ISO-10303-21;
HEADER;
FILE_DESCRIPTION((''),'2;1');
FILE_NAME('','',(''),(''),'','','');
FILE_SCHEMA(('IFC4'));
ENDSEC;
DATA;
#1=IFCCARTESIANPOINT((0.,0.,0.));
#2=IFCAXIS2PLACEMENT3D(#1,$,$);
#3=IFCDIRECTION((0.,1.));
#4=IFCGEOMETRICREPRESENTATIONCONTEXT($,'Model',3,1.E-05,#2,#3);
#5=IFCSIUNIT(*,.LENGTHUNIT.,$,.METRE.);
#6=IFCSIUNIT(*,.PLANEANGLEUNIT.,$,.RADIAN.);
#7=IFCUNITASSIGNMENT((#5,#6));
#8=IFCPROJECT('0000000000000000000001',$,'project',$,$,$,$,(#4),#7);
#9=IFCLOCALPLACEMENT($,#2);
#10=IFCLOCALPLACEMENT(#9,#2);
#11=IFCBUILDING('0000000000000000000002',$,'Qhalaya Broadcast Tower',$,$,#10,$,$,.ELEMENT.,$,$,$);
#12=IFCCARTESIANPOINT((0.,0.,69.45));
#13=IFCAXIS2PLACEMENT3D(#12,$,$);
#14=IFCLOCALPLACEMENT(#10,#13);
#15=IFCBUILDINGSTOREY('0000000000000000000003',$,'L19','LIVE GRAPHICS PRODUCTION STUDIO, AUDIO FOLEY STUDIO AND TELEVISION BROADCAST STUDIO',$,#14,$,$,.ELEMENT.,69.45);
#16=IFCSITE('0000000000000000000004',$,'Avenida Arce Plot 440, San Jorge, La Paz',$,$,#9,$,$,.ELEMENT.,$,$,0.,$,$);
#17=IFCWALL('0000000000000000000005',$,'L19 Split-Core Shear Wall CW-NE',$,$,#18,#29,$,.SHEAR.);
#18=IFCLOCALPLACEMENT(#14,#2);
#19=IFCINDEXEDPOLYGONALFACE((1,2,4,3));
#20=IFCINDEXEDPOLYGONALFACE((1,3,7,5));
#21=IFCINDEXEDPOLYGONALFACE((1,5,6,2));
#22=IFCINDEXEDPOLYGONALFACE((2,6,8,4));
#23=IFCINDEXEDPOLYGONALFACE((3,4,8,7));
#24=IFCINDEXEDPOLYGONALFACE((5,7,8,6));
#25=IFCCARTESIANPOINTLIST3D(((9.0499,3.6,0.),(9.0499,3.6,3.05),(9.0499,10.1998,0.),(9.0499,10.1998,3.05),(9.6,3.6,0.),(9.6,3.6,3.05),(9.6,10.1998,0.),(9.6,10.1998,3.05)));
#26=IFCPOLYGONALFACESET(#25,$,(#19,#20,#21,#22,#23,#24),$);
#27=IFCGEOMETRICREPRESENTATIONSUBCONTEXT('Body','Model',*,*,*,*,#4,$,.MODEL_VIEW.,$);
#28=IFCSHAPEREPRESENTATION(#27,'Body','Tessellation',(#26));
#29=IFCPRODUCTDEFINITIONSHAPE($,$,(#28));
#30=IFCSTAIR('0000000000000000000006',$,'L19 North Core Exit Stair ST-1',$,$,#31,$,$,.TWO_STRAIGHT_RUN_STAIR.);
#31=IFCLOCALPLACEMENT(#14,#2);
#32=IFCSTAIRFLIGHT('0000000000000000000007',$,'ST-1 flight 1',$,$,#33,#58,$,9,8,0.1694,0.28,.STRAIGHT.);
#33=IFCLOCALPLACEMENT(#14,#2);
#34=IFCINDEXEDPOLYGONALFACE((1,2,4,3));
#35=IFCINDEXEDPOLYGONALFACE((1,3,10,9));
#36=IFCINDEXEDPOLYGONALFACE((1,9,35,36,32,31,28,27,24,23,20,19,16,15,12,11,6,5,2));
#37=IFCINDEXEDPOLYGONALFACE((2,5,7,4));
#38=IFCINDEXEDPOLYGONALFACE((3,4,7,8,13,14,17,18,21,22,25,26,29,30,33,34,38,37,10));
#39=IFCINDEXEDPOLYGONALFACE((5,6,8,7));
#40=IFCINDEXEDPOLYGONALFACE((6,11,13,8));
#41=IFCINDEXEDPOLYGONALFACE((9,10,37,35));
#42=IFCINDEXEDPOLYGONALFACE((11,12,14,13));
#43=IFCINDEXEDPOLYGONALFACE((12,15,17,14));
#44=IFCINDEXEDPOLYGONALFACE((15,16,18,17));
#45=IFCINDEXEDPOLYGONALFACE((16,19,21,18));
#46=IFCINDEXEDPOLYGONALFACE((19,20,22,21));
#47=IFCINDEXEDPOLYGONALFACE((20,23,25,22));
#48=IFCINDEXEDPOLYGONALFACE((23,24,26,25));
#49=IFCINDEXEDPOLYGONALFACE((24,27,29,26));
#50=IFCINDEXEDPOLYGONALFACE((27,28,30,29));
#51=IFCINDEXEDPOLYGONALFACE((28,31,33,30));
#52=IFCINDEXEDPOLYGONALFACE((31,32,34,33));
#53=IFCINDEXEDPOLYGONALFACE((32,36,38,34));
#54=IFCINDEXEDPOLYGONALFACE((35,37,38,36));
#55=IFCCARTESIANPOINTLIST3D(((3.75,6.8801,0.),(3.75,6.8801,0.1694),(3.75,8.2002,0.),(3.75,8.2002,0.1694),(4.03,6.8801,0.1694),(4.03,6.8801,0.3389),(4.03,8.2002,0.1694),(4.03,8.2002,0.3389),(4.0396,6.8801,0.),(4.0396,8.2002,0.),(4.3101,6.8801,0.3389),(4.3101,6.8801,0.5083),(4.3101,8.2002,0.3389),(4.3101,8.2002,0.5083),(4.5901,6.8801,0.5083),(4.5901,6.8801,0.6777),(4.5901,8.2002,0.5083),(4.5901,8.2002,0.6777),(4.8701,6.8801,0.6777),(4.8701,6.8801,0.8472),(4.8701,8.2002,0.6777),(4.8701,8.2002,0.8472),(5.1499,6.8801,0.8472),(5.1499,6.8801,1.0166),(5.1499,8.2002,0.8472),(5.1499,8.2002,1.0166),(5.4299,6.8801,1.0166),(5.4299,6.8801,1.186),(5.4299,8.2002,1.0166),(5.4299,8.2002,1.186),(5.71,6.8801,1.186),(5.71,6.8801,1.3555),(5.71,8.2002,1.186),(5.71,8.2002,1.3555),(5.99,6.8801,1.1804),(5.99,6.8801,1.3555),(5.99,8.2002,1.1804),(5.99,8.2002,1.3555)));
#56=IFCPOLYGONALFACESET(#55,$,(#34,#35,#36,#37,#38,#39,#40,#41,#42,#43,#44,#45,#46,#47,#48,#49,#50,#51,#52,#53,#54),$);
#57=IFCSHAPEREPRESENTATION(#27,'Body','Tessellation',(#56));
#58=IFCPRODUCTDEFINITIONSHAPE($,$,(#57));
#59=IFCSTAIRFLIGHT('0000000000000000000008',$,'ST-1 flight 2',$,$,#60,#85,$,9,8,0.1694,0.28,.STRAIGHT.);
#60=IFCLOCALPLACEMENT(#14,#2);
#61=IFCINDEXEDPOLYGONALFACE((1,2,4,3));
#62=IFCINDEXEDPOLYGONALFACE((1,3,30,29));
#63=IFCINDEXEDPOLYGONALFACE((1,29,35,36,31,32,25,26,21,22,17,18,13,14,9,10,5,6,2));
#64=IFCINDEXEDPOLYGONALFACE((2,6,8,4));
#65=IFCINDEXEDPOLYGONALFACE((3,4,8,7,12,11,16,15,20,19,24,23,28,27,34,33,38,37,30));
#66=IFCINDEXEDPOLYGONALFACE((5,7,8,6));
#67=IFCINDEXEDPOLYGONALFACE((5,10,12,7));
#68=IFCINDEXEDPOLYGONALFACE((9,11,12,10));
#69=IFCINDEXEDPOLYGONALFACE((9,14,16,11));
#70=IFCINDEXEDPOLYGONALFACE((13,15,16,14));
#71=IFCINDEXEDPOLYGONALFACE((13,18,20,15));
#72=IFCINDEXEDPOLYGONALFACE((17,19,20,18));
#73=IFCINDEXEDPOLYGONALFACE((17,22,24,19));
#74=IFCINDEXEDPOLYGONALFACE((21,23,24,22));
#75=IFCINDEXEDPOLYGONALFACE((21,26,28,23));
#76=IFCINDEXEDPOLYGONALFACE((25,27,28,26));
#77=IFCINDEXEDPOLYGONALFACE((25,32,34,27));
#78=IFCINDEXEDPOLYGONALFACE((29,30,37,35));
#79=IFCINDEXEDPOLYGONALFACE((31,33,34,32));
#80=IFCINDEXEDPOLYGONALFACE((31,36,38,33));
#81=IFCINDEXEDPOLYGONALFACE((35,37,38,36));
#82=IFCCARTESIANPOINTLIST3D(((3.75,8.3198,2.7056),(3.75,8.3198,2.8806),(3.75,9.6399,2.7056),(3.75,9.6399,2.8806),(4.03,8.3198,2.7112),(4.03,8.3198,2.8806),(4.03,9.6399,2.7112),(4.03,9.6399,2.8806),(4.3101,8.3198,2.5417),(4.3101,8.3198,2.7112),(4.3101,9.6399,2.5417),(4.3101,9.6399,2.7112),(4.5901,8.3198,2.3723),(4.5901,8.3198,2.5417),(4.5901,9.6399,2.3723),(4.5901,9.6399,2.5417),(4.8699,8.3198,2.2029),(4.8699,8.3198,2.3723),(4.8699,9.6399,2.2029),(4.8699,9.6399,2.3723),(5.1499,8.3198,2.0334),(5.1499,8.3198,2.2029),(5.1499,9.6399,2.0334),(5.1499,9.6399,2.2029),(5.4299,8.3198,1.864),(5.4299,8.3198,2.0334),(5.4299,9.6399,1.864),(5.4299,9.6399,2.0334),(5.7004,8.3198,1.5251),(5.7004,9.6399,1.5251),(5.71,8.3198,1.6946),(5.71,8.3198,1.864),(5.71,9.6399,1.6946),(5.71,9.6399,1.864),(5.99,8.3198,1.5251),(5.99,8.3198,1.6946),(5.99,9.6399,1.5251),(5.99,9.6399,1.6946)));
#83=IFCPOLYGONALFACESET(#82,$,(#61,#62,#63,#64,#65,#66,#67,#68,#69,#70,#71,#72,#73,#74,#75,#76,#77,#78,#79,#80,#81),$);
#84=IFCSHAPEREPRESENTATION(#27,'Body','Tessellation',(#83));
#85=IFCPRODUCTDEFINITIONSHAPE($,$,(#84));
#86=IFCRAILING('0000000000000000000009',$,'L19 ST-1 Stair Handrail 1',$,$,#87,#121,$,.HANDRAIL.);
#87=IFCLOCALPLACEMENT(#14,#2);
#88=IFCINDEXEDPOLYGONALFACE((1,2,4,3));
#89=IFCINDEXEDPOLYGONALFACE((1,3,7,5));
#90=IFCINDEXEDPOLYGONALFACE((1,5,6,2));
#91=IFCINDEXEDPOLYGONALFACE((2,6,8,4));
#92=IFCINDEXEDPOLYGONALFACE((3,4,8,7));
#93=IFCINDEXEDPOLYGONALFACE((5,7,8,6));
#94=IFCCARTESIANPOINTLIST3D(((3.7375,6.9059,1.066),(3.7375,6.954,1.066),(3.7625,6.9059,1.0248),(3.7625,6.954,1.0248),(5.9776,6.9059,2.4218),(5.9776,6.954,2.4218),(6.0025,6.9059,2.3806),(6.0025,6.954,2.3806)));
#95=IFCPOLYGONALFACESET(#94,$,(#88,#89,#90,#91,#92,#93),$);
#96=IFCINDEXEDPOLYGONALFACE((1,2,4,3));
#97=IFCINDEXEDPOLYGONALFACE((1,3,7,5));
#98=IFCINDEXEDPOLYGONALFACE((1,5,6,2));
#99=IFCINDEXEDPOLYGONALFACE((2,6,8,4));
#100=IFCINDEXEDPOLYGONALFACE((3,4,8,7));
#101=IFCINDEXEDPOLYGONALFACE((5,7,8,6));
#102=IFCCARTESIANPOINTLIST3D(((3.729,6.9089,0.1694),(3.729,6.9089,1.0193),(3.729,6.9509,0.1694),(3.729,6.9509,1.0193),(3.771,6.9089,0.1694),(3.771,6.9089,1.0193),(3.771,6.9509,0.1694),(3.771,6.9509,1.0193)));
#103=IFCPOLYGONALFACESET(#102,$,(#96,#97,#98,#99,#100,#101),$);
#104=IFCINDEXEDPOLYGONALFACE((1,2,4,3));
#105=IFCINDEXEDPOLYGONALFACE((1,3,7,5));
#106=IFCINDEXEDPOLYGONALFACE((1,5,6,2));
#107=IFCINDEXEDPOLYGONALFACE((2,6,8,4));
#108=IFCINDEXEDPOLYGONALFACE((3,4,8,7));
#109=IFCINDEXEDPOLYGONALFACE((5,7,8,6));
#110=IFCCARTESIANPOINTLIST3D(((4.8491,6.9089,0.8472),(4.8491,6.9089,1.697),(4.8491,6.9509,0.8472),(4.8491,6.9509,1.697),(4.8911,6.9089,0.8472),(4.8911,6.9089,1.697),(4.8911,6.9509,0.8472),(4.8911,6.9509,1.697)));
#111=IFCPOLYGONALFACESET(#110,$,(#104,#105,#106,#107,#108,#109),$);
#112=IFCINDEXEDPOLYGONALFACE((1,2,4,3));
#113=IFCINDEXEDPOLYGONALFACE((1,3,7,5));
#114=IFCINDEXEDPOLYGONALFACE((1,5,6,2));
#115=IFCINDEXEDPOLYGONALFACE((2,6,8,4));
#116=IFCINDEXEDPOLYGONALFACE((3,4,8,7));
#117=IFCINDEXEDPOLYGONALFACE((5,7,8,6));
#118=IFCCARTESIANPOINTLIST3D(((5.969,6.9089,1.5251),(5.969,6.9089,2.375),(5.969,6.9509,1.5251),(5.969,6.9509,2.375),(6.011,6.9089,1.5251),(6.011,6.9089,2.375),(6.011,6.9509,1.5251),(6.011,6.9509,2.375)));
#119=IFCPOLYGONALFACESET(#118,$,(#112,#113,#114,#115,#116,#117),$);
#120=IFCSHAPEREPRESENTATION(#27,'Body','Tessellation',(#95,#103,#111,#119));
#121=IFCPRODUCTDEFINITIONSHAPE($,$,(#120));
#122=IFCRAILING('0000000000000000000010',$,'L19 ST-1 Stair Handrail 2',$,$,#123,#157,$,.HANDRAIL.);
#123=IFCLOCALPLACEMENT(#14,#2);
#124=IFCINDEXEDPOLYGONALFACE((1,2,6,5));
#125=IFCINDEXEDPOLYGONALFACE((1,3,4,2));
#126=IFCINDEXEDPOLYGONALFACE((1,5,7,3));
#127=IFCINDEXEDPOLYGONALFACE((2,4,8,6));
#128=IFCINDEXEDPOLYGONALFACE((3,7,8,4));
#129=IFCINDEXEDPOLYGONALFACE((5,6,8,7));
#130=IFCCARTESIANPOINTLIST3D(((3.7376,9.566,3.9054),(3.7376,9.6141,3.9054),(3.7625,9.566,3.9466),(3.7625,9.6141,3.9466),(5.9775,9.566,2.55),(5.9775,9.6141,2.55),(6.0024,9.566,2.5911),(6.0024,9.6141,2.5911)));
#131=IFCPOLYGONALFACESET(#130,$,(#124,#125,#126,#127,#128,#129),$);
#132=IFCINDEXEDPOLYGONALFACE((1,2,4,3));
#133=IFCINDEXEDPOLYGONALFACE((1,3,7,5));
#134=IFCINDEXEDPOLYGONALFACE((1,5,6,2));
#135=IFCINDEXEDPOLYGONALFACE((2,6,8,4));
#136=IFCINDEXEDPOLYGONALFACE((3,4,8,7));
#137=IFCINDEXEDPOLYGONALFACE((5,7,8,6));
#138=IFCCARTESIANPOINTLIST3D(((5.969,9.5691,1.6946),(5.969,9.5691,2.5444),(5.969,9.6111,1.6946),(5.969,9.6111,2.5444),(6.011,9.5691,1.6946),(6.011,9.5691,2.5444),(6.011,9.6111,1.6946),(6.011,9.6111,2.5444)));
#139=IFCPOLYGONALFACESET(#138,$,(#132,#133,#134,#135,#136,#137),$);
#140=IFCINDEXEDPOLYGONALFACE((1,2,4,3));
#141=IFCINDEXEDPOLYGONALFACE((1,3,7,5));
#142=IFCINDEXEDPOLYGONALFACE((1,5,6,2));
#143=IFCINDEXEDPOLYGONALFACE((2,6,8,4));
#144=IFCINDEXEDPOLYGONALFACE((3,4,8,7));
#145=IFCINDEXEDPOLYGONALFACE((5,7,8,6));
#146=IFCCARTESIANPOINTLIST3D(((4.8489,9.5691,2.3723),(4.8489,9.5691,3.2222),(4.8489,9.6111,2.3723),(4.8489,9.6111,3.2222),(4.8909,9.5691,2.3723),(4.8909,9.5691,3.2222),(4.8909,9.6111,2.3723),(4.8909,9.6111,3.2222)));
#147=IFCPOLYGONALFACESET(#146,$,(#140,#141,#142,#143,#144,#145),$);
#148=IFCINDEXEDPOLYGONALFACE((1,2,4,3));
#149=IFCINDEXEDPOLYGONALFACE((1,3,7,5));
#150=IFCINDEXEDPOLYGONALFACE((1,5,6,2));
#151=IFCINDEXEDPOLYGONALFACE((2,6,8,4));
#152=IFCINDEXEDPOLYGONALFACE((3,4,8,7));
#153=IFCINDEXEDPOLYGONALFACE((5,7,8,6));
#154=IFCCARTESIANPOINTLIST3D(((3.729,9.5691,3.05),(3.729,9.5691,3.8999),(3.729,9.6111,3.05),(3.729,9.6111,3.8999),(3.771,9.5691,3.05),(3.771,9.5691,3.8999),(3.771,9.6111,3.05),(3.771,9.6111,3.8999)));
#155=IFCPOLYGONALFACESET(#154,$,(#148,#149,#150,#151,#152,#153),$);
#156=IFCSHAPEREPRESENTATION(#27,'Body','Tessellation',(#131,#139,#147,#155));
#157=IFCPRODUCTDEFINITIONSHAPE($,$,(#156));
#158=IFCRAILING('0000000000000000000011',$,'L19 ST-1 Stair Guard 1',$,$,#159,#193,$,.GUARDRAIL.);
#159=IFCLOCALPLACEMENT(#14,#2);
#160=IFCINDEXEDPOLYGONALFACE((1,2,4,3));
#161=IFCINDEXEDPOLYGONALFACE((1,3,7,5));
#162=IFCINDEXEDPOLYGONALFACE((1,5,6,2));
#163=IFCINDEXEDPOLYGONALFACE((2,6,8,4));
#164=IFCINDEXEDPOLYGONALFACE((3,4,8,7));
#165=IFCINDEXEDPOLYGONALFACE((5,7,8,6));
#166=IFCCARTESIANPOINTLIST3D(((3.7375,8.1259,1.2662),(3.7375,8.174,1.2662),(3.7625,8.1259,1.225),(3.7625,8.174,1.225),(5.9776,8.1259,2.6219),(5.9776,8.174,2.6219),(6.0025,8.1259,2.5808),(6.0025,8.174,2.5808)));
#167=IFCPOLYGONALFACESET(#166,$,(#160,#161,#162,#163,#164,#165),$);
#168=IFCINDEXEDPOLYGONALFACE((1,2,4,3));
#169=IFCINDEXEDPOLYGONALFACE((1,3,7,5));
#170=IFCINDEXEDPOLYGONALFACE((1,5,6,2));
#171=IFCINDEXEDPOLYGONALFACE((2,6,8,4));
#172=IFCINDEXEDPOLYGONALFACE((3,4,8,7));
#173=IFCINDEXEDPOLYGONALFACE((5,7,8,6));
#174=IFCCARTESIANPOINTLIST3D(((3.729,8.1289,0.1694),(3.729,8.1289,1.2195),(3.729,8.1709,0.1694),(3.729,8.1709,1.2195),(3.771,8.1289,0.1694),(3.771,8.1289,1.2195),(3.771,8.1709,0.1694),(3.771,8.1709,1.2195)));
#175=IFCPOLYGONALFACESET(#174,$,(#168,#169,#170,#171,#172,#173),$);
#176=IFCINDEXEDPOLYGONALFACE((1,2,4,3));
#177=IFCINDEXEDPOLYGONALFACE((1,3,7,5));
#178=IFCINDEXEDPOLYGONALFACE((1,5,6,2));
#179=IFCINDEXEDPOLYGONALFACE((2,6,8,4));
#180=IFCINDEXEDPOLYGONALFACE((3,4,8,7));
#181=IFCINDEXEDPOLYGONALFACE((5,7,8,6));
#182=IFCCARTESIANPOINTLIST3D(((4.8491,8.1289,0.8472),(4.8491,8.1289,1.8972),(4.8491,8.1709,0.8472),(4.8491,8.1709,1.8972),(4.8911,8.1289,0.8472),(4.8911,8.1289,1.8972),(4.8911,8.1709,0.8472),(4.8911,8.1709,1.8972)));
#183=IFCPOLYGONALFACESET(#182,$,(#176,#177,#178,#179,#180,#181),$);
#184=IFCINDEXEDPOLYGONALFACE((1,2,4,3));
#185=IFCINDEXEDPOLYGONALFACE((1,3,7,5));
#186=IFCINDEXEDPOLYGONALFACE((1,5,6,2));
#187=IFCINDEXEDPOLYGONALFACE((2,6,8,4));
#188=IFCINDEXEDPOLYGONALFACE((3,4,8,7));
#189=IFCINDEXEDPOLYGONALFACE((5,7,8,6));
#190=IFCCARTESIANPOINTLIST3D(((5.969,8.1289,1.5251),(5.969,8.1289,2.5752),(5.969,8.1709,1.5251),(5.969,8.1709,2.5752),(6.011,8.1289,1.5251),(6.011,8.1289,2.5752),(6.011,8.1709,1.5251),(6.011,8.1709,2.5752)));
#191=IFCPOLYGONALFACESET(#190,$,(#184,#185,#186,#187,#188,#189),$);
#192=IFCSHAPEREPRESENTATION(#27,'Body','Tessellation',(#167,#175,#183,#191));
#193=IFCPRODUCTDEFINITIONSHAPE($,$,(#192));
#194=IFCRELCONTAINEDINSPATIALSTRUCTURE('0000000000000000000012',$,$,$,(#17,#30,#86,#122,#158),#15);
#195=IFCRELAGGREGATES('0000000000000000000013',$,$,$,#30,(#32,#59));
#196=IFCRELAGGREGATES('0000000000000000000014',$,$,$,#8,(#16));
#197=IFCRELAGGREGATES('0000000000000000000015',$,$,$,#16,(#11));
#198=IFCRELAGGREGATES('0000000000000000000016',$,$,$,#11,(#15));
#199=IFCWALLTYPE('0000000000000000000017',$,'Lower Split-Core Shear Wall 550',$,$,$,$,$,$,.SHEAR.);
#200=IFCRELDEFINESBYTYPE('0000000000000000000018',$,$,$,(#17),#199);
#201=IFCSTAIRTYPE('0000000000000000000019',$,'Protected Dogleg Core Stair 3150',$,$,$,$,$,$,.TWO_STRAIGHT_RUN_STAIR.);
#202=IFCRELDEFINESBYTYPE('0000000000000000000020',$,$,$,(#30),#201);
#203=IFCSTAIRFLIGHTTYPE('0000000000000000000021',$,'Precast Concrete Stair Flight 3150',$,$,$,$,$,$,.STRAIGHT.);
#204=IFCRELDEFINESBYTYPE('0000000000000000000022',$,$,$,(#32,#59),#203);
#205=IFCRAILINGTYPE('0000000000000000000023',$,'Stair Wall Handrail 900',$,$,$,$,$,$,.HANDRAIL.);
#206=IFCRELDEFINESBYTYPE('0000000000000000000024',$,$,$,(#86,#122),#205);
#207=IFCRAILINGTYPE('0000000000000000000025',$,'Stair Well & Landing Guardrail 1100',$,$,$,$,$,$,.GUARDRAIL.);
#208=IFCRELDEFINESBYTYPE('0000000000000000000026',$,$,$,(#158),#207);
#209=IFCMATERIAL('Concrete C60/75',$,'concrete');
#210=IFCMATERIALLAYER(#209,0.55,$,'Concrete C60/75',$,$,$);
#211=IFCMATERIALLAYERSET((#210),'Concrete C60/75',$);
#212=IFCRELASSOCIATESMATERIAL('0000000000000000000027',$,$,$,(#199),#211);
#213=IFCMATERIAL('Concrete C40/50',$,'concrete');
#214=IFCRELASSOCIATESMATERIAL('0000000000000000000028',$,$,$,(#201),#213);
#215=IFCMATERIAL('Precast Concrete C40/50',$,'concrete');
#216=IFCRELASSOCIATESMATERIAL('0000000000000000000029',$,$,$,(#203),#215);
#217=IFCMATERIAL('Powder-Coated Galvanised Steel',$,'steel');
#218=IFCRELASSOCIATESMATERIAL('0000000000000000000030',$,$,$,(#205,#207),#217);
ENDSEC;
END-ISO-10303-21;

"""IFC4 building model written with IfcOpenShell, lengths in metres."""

from ifc_helpers import new_model, si_unit, direction, frame, frame_2d, origin, origin_2d, place, context, subcontext, project, spatial, polyline, rectangle, outline, extrude, material, layer, layer_set, type_object, element, aggregate, save


model = new_model("IFC4")

# Units and contexts
model_context = context("Model", 3, precision=1e-05, world=origin(), true_north=direction((0.0, 1.0)))
body_context = subcontext(model_context, "Body", "Model", "MODEL_VIEW")
ifc_project = project(units=[si_unit("LENGTHUNIT", "METRE"), si_unit("PLANEANGLEUNIT", "RADIAN")], contexts=[model_context])

# Site, building, storey
site_placement = place(None, origin())
site = spatial("IfcSite", under=ifc_project, at=site_placement, Name="Avenida Arce Plot 440, San Jorge, La Paz", CompositionType="ELEMENT", RefElevation=0.0)
building_placement = place(site_placement, origin())
building = spatial("IfcBuilding", under=site, at=building_placement, Name="Qhalaya Broadcast Tower", CompositionType="ELEMENT")
storey_placement = place(building_placement, frame((0.0, 0.0, 69.45)))
storey = spatial("IfcBuildingStorey", under=building, at=storey_placement, Name="L19", Description="LIVE GRAPHICS PRODUCTION STUDIO, AUDIO FOLEY STUDIO AND TELEVISION BROADCAST STUDIO", CompositionType="ELEMENT", Elevation=69.45)

# Wall
ifc_material_1 = material(Name="Concrete C60/75", Category="concrete")
ifc_layer_1 = layer(ifc_material_1, 0.55, Name="Concrete C60/75")
ifc_layer_set_1 = layer_set([ifc_layer_1], Name="Concrete C60/75")
wall_type = type_object("IfcWallType", Name="Lower Split-Core Shear Wall 550", PredefinedType="SHEAR", material=ifc_layer_set_1)
wall_placement = place(storey_placement, frame((9.325, 3.6001, 0.0), z_axis=(0.0, 0.0, 1.0), x_axis=(0.0, 1.0, 0.0)))
element("IfcWall", 1, at=wall_placement, inside=storey, type_object=wall_type, Name="L19 Split-Core Shear Wall CW-NE", PredefinedType="SHEAR", context=body_context, shape_type="SweptSolid", body=[
    extrude(rectangle(XDim=6.5999, YDim=0.55, at=frame_2d((3.2998, 0.0))), origin(), (0.0, 0.0, 1.0), 3.05),
])

# Stair, stair flights
ifc_material_2 = material(Name="Concrete C40/50", Category="concrete")
stair_type = type_object("IfcStairType", Name="Protected Dogleg Core Stair 3150", PredefinedType="TWO_STRAIGHT_RUN_STAIR", material=ifc_material_2)
stair_placement = place(storey_placement, origin())
stair = element("IfcStair", 2, at=stair_placement, inside=storey, type_object=stair_type, Name="L19 North Core Exit Stair ST-1", PredefinedType="TWO_STRAIGHT_RUN_STAIR")
ifc_material_3 = material(Name="Precast Concrete C40/50", Category="concrete")
stair_flight_type = type_object("IfcStairFlightType", Name="Precast Concrete Stair Flight 3150", PredefinedType="STRAIGHT", material=ifc_material_3)
stair_flight_1_placement = place(storey_placement, frame((3.75, 7.54, 0.0), z_axis=(0.0, 0.0, 1.0), x_axis=(1.0, 0.0, 0.0)))
stair_flight_1 = element("IfcStairFlight", 3, at=stair_flight_1_placement, type_object=stair_flight_type, Name="ST-1 flight 1", NumberOfRisers=9, NumberOfTreads=8, PredefinedType="STRAIGHT", RiserHeight=0.1694, TreadLength=0.28, context=body_context, shape_type="SweptSolid", body=[
    extrude(outline(polyline([(0.0, 0.0), (0.0, 0.1694), (0.28, 0.1694), (0.28, 0.3389), (0.5601, 0.3389), (0.5601, 0.5083), (0.8401, 0.5083), (0.8401, 0.6777), (1.1201, 0.6777), (1.1201, 0.8472), (1.3999, 0.8472), (1.3999, 1.0166), (1.6799, 1.0166), (1.6799, 1.186), (1.96, 1.186), (1.96, 1.3555), (2.24, 1.3555), (2.24, 1.5249), (2.24, 1.1804), (0.2896, 0.0), (0.0, 0.0)])), frame((0.0, 0.6602, 0.0), z_axis=(0.0, -1.0, 0.0), x_axis=(1.0, 0.0, 0.0)), (0.0, 0.0, 1.0), 1.3201),
])
stair_flight_2_placement = place(storey_placement, frame((5.99, 8.98, 1.5251), z_axis=(0.0, 0.0, 1.0), x_axis=(-1.0, 0.0, 0.0)))
stair_flight_2 = element("IfcStairFlight", 4, at=stair_flight_2_placement, type_object=stair_flight_type, Name="ST-1 flight 2", NumberOfRisers=9, NumberOfTreads=8, PredefinedType="STRAIGHT", RiserHeight=0.1694, TreadLength=0.28, context=body_context, shape_type="SweptSolid", body=[
    extrude(outline(polyline([(0.0, 0.0), (0.0, 0.1694), (0.28, 0.1694), (0.28, 0.3389), (0.5601, 0.3389), (0.5601, 0.5083), (0.8401, 0.5083), (0.8401, 0.6777), (1.1201, 0.6777), (1.1201, 0.8472), (1.3999, 0.8472), (1.3999, 1.0166), (1.6799, 1.0166), (1.6799, 1.186), (1.96, 1.186), (1.96, 1.3555), (2.24, 1.3555), (2.24, 1.5249), (2.24, 1.1804), (0.2896, 0.0), (0.0, 0.0)])), frame((0.0, 0.6602, 0.0), z_axis=(0.0, -1.0, 0.0), x_axis=(1.0, 0.0, 0.0)), (0.0, 0.0, 1.0), 1.3201),
])
aggregate(stair, [stair_flight_1, stair_flight_2])

# Railings
ifc_material_4 = material(Name="Powder-Coated Galvanised Steel", Category="steel")
railing_type_1 = type_object("IfcRailingType", Name="Stair Wall Handrail 900", PredefinedType="HANDRAIL", material=ifc_material_4)
railing_1_placement = place(storey_placement, frame((3.75, 6.9299, 0.1694)))
element("IfcRailing", 5, at=railing_1_placement, inside=storey, type_object=railing_type_1, Name="L19 ST-1 Stair Handrail 1", PredefinedType="HANDRAIL", context=body_context, shape_type="SweptSolid", body=[
    extrude(rectangle(XDim=0.0481, YDim=0.0481, at=origin_2d()), frame((0.0, 0.0, 0.876), z_axis=(0.855512, 0.0, 0.517783), x_axis=(0.0, 1.0, 0.0)), (0.0, 0.0, 1.0), 2.6184),
    extrude(rectangle(XDim=0.042, YDim=0.042, at=origin_2d()), origin(), (0.0, 0.0, 1.0), 0.8499),
    extrude(rectangle(XDim=0.042, YDim=0.042, at=origin_2d()), frame((1.1201, 0.0, 0.6777)), (0.0, 0.0, 1.0), 0.8499),
    extrude(rectangle(XDim=0.042, YDim=0.042, at=origin_2d()), frame((2.24, 0.0, 1.3557)), (0.0, 0.0, 1.0), 0.8499),
])
railing_2_placement = place(storey_placement, frame((5.99, 9.5901, 1.6946)))
element("IfcRailing", 6, at=railing_2_placement, inside=storey, type_object=railing_type_1, Name="L19 ST-1 Stair Handrail 2", PredefinedType="HANDRAIL", context=body_context, shape_type="SweptSolid", body=[
    extrude(rectangle(XDim=0.0481, YDim=0.0481, at=origin_2d()), frame((0.0, 0.0, 0.876), z_axis=(-0.855553, 0.0, 0.517715), x_axis=(0.0, -1.0, 0.0)), (0.0, 0.0, 1.0), 2.6182),
    extrude(rectangle(XDim=0.042, YDim=0.042, at=origin_2d()), origin(), (0.0, 0.0, 1.0), 0.8499),
    extrude(rectangle(XDim=0.042, YDim=0.042, at=origin_2d()), frame((-1.1201, 0.0, 0.6777)), (0.0, 0.0, 1.0), 0.8499),
    extrude(rectangle(XDim=0.042, YDim=0.042, at=origin_2d()), frame((-2.24, 0.0, 1.3555)), (0.0, 0.0, 1.0), 0.8499),
])
railing_type_2 = type_object("IfcRailingType", Name="Stair Well & Landing Guardrail 1100", PredefinedType="GUARDRAIL", material=ifc_material_4)
railing_3_placement = place(storey_placement, frame((3.75, 8.1499, 0.1694)))
element("IfcRailing", 7, at=railing_3_placement, inside=storey, type_object=railing_type_2, Name="L19 ST-1 Stair Guard 1", PredefinedType="GUARDRAIL", context=body_context, shape_type="SweptSolid", body=[
    extrude(rectangle(XDim=0.0481, YDim=0.0481, at=origin_2d()), frame((0.0, 0.0, 1.0762), z_axis=(0.855512, 0.0, 0.517783), x_axis=(0.0, 1.0, 0.0)), (0.0, 0.0, 1.0), 2.6184),
    extrude(rectangle(XDim=0.042, YDim=0.042, at=origin_2d()), origin(), (0.0, 0.0, 1.0), 1.05),
    extrude(rectangle(XDim=0.042, YDim=0.042, at=origin_2d()), frame((1.1201, 0.0, 0.6777)), (0.0, 0.0, 1.0), 1.05),
    extrude(rectangle(XDim=0.042, YDim=0.042, at=origin_2d()), frame((2.24, 0.0, 1.3557)), (0.0, 0.0, 1.0), 1.05),
])

save(model, "model.ifc")
